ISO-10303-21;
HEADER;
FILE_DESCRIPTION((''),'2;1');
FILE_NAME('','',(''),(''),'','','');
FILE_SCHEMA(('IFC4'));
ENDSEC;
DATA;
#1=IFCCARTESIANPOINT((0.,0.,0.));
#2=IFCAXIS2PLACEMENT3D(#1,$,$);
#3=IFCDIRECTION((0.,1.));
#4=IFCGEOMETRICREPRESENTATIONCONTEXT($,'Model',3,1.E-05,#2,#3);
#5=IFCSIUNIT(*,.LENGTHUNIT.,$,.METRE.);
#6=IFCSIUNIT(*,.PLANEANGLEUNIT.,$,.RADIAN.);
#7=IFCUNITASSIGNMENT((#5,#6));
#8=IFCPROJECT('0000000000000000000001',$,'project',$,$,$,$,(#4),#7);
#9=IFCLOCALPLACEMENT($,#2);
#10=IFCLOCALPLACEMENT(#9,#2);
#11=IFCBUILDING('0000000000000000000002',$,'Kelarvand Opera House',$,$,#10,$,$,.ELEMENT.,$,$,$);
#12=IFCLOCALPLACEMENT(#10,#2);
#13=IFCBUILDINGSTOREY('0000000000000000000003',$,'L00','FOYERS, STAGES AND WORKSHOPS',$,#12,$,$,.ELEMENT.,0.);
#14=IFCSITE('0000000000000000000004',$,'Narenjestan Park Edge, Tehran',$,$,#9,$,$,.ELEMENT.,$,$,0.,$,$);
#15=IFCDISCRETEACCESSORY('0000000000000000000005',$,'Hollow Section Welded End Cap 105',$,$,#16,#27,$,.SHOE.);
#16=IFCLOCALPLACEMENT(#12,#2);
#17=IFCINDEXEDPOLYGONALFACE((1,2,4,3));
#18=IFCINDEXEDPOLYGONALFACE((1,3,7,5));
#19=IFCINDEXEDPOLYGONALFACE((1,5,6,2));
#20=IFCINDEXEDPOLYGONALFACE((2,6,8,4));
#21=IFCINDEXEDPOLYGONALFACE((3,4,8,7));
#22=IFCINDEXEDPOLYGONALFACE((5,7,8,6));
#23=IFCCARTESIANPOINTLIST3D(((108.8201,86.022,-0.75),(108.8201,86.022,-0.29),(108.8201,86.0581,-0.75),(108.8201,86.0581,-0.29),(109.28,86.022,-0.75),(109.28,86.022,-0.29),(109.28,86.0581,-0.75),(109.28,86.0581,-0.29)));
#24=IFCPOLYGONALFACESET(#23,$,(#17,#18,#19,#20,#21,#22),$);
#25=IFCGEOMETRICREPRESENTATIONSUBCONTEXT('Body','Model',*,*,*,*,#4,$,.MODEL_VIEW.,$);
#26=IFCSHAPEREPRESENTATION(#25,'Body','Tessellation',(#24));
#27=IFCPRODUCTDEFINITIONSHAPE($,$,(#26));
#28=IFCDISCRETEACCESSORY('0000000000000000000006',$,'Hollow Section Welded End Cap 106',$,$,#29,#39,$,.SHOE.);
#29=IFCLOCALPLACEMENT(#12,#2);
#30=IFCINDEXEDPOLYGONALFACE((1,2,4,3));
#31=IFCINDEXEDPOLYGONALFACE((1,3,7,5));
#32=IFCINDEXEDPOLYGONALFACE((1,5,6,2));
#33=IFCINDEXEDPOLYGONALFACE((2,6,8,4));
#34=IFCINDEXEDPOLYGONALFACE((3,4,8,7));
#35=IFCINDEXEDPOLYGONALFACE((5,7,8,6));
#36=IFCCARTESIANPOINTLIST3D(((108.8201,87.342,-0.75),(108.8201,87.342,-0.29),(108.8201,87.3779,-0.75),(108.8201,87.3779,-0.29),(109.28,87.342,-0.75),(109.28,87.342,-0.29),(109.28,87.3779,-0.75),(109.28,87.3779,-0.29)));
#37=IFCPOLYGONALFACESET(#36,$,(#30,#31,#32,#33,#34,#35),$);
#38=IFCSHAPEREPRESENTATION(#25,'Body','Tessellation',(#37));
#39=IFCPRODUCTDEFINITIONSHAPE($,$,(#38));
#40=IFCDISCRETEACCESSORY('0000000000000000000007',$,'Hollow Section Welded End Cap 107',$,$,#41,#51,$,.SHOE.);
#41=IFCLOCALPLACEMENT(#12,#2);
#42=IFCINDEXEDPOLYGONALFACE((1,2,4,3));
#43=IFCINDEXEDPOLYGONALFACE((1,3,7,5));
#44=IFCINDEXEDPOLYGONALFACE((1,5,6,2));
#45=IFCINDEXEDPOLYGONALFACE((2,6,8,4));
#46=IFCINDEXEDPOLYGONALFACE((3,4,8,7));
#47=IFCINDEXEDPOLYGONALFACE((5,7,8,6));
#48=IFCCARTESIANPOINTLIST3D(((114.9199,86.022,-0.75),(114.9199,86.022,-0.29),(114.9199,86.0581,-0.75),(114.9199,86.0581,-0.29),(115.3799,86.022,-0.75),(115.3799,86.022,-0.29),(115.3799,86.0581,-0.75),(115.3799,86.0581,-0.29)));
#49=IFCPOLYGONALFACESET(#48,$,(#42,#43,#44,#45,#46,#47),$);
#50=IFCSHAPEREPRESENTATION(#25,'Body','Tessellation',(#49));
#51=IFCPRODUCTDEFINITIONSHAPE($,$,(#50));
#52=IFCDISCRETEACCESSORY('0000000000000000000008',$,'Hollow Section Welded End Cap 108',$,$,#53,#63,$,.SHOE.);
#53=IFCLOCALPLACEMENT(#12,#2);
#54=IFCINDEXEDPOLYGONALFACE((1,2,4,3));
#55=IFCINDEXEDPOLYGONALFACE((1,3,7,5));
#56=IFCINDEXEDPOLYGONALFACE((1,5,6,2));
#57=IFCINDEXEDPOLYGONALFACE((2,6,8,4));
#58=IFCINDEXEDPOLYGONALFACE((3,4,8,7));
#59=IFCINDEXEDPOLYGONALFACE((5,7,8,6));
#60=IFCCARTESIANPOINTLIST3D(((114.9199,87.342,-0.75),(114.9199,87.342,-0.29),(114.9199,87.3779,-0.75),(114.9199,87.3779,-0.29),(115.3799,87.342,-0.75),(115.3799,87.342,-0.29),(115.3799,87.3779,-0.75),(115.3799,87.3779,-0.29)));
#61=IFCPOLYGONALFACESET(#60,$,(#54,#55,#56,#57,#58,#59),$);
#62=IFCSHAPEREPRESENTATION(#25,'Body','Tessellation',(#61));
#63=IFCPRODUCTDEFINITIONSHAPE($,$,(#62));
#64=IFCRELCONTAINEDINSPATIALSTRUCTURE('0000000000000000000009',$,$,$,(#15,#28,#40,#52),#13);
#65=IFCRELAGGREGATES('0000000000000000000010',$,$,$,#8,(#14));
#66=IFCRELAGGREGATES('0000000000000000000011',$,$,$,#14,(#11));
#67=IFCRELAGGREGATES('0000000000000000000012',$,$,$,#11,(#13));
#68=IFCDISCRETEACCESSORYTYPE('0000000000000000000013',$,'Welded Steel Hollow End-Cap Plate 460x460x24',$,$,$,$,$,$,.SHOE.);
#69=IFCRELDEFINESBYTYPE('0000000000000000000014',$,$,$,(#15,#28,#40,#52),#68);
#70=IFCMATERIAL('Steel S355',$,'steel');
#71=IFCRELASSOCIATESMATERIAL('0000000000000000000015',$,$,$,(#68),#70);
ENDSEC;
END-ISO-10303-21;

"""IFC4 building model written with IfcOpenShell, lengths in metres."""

from ifc_helpers import new_model, si_unit, direction, frame, origin, origin_2d, place, context, subcontext, project, spatial, rectangle, extrude, material, material_profile, profile_set, type_object, element, save


model = new_model("IFC4")

# Units and contexts
model_context = context("Model", 3, precision=1e-05, world=origin(), true_north=direction((0.0, 1.0)))
body_context = subcontext(model_context, "Body", "Model", "MODEL_VIEW")
ifc_project = project(units=[si_unit("LENGTHUNIT", "METRE"), si_unit("PLANEANGLEUNIT", "RADIAN")], contexts=[model_context])

# Site, building, storey
site_placement = place(None, origin())
site = spatial("IfcSite", under=ifc_project, at=site_placement, Name="Narenjestan Park Edge, Tehran", CompositionType="ELEMENT", RefElevation=0.0)
building_placement = place(site_placement, origin())
building = spatial("IfcBuilding", under=site, at=building_placement, Name="Kelarvand Opera House", CompositionType="ELEMENT")
storey_placement = place(building_placement, origin())
storey = spatial("IfcBuildingStorey", under=building, at=storey_placement, Name="L00", Description="FOYERS, STAGES AND WORKSHOPS", CompositionType="ELEMENT", Elevation=0.0)

# Shared definitions
ifc_material_1 = material(Name="Steel S355", Category="steel")

# Discrete accessories
ifc_material_profile_1 = material_profile(ifc_material_1, rectangle(XDim=0.46, YDim=0.46, at=origin_2d()), Name="Welded Steel Hollow End-Cap Plate 460x460x24", Category="steel")
ifc_profile_set_1 = profile_set([ifc_material_profile_1], Name="Steel S355")
discrete_accessory_type_1 = type_object("IfcDiscreteAccessoryType", Name="Welded Steel Hollow End-Cap Plate 460x460x24", PredefinedType="SHOE", material=ifc_profile_set_1)
discrete_accessory_1_placement = place(storey_placement, frame((109.05, 86.0581, -0.52), z_axis=(0.0, -1.0, 0.0), x_axis=(1.0, 0.0, 0.0)))
element("IfcDiscreteAccessory", 1, at=discrete_accessory_1_placement, inside=storey, type_object=discrete_accessory_type_1, Name="Hollow Section Welded End Cap 105", PredefinedType="SHOE", context=body_context, shape_type="SweptSolid", body=[
    extrude(rectangle(XDim=0.46, YDim=0.46, at=origin_2d()), origin(), (0.0, 0.0, 1.0), 0.0361),
])
discrete_accessory_2_placement = place(storey_placement, frame((109.05, 87.342, -0.52), z_axis=(0.0, 1.0, 0.0), x_axis=(-1.0, 0.0, 0.0)))
element("IfcDiscreteAccessory", 2, at=discrete_accessory_2_placement, inside=storey, type_object=discrete_accessory_type_1, Name="Hollow Section Welded End Cap 106", PredefinedType="SHOE", context=body_context, shape_type="SweptSolid", body=[
    extrude(rectangle(XDim=0.46, YDim=0.46, at=origin_2d()), origin(), (0.0, 0.0, 1.0), 0.0359),
])
discrete_accessory_3_placement = place(storey_placement, frame((115.1499, 86.0581, -0.52), z_axis=(0.0, -1.0, 0.0), x_axis=(1.0, 0.0, 0.0)))
element("IfcDiscreteAccessory", 3, at=discrete_accessory_3_placement, inside=storey, type_object=discrete_accessory_type_1, Name="Hollow Section Welded End Cap 107", PredefinedType="SHOE", context=body_context, shape_type="SweptSolid", body=[
    extrude(rectangle(XDim=0.46, YDim=0.46, at=origin_2d()), origin(), (0.0, 0.0, 1.0), 0.0361),
])
discrete_accessory_4_placement = place(storey_placement, frame((115.1499, 87.342, -0.52), z_axis=(0.0, 1.0, 0.0), x_axis=(-1.0, 0.0, 0.0)))
element("IfcDiscreteAccessory", 4, at=discrete_accessory_4_placement, inside=storey, type_object=discrete_accessory_type_1, Name="Hollow Section Welded End Cap 108", PredefinedType="SHOE", context=body_context, shape_type="SweptSolid", body=[
    extrude(rectangle(XDim=0.46, YDim=0.46, at=origin_2d()), origin(), (0.0, 0.0, 1.0), 0.0359),
])

save(model, "model.ifc")
